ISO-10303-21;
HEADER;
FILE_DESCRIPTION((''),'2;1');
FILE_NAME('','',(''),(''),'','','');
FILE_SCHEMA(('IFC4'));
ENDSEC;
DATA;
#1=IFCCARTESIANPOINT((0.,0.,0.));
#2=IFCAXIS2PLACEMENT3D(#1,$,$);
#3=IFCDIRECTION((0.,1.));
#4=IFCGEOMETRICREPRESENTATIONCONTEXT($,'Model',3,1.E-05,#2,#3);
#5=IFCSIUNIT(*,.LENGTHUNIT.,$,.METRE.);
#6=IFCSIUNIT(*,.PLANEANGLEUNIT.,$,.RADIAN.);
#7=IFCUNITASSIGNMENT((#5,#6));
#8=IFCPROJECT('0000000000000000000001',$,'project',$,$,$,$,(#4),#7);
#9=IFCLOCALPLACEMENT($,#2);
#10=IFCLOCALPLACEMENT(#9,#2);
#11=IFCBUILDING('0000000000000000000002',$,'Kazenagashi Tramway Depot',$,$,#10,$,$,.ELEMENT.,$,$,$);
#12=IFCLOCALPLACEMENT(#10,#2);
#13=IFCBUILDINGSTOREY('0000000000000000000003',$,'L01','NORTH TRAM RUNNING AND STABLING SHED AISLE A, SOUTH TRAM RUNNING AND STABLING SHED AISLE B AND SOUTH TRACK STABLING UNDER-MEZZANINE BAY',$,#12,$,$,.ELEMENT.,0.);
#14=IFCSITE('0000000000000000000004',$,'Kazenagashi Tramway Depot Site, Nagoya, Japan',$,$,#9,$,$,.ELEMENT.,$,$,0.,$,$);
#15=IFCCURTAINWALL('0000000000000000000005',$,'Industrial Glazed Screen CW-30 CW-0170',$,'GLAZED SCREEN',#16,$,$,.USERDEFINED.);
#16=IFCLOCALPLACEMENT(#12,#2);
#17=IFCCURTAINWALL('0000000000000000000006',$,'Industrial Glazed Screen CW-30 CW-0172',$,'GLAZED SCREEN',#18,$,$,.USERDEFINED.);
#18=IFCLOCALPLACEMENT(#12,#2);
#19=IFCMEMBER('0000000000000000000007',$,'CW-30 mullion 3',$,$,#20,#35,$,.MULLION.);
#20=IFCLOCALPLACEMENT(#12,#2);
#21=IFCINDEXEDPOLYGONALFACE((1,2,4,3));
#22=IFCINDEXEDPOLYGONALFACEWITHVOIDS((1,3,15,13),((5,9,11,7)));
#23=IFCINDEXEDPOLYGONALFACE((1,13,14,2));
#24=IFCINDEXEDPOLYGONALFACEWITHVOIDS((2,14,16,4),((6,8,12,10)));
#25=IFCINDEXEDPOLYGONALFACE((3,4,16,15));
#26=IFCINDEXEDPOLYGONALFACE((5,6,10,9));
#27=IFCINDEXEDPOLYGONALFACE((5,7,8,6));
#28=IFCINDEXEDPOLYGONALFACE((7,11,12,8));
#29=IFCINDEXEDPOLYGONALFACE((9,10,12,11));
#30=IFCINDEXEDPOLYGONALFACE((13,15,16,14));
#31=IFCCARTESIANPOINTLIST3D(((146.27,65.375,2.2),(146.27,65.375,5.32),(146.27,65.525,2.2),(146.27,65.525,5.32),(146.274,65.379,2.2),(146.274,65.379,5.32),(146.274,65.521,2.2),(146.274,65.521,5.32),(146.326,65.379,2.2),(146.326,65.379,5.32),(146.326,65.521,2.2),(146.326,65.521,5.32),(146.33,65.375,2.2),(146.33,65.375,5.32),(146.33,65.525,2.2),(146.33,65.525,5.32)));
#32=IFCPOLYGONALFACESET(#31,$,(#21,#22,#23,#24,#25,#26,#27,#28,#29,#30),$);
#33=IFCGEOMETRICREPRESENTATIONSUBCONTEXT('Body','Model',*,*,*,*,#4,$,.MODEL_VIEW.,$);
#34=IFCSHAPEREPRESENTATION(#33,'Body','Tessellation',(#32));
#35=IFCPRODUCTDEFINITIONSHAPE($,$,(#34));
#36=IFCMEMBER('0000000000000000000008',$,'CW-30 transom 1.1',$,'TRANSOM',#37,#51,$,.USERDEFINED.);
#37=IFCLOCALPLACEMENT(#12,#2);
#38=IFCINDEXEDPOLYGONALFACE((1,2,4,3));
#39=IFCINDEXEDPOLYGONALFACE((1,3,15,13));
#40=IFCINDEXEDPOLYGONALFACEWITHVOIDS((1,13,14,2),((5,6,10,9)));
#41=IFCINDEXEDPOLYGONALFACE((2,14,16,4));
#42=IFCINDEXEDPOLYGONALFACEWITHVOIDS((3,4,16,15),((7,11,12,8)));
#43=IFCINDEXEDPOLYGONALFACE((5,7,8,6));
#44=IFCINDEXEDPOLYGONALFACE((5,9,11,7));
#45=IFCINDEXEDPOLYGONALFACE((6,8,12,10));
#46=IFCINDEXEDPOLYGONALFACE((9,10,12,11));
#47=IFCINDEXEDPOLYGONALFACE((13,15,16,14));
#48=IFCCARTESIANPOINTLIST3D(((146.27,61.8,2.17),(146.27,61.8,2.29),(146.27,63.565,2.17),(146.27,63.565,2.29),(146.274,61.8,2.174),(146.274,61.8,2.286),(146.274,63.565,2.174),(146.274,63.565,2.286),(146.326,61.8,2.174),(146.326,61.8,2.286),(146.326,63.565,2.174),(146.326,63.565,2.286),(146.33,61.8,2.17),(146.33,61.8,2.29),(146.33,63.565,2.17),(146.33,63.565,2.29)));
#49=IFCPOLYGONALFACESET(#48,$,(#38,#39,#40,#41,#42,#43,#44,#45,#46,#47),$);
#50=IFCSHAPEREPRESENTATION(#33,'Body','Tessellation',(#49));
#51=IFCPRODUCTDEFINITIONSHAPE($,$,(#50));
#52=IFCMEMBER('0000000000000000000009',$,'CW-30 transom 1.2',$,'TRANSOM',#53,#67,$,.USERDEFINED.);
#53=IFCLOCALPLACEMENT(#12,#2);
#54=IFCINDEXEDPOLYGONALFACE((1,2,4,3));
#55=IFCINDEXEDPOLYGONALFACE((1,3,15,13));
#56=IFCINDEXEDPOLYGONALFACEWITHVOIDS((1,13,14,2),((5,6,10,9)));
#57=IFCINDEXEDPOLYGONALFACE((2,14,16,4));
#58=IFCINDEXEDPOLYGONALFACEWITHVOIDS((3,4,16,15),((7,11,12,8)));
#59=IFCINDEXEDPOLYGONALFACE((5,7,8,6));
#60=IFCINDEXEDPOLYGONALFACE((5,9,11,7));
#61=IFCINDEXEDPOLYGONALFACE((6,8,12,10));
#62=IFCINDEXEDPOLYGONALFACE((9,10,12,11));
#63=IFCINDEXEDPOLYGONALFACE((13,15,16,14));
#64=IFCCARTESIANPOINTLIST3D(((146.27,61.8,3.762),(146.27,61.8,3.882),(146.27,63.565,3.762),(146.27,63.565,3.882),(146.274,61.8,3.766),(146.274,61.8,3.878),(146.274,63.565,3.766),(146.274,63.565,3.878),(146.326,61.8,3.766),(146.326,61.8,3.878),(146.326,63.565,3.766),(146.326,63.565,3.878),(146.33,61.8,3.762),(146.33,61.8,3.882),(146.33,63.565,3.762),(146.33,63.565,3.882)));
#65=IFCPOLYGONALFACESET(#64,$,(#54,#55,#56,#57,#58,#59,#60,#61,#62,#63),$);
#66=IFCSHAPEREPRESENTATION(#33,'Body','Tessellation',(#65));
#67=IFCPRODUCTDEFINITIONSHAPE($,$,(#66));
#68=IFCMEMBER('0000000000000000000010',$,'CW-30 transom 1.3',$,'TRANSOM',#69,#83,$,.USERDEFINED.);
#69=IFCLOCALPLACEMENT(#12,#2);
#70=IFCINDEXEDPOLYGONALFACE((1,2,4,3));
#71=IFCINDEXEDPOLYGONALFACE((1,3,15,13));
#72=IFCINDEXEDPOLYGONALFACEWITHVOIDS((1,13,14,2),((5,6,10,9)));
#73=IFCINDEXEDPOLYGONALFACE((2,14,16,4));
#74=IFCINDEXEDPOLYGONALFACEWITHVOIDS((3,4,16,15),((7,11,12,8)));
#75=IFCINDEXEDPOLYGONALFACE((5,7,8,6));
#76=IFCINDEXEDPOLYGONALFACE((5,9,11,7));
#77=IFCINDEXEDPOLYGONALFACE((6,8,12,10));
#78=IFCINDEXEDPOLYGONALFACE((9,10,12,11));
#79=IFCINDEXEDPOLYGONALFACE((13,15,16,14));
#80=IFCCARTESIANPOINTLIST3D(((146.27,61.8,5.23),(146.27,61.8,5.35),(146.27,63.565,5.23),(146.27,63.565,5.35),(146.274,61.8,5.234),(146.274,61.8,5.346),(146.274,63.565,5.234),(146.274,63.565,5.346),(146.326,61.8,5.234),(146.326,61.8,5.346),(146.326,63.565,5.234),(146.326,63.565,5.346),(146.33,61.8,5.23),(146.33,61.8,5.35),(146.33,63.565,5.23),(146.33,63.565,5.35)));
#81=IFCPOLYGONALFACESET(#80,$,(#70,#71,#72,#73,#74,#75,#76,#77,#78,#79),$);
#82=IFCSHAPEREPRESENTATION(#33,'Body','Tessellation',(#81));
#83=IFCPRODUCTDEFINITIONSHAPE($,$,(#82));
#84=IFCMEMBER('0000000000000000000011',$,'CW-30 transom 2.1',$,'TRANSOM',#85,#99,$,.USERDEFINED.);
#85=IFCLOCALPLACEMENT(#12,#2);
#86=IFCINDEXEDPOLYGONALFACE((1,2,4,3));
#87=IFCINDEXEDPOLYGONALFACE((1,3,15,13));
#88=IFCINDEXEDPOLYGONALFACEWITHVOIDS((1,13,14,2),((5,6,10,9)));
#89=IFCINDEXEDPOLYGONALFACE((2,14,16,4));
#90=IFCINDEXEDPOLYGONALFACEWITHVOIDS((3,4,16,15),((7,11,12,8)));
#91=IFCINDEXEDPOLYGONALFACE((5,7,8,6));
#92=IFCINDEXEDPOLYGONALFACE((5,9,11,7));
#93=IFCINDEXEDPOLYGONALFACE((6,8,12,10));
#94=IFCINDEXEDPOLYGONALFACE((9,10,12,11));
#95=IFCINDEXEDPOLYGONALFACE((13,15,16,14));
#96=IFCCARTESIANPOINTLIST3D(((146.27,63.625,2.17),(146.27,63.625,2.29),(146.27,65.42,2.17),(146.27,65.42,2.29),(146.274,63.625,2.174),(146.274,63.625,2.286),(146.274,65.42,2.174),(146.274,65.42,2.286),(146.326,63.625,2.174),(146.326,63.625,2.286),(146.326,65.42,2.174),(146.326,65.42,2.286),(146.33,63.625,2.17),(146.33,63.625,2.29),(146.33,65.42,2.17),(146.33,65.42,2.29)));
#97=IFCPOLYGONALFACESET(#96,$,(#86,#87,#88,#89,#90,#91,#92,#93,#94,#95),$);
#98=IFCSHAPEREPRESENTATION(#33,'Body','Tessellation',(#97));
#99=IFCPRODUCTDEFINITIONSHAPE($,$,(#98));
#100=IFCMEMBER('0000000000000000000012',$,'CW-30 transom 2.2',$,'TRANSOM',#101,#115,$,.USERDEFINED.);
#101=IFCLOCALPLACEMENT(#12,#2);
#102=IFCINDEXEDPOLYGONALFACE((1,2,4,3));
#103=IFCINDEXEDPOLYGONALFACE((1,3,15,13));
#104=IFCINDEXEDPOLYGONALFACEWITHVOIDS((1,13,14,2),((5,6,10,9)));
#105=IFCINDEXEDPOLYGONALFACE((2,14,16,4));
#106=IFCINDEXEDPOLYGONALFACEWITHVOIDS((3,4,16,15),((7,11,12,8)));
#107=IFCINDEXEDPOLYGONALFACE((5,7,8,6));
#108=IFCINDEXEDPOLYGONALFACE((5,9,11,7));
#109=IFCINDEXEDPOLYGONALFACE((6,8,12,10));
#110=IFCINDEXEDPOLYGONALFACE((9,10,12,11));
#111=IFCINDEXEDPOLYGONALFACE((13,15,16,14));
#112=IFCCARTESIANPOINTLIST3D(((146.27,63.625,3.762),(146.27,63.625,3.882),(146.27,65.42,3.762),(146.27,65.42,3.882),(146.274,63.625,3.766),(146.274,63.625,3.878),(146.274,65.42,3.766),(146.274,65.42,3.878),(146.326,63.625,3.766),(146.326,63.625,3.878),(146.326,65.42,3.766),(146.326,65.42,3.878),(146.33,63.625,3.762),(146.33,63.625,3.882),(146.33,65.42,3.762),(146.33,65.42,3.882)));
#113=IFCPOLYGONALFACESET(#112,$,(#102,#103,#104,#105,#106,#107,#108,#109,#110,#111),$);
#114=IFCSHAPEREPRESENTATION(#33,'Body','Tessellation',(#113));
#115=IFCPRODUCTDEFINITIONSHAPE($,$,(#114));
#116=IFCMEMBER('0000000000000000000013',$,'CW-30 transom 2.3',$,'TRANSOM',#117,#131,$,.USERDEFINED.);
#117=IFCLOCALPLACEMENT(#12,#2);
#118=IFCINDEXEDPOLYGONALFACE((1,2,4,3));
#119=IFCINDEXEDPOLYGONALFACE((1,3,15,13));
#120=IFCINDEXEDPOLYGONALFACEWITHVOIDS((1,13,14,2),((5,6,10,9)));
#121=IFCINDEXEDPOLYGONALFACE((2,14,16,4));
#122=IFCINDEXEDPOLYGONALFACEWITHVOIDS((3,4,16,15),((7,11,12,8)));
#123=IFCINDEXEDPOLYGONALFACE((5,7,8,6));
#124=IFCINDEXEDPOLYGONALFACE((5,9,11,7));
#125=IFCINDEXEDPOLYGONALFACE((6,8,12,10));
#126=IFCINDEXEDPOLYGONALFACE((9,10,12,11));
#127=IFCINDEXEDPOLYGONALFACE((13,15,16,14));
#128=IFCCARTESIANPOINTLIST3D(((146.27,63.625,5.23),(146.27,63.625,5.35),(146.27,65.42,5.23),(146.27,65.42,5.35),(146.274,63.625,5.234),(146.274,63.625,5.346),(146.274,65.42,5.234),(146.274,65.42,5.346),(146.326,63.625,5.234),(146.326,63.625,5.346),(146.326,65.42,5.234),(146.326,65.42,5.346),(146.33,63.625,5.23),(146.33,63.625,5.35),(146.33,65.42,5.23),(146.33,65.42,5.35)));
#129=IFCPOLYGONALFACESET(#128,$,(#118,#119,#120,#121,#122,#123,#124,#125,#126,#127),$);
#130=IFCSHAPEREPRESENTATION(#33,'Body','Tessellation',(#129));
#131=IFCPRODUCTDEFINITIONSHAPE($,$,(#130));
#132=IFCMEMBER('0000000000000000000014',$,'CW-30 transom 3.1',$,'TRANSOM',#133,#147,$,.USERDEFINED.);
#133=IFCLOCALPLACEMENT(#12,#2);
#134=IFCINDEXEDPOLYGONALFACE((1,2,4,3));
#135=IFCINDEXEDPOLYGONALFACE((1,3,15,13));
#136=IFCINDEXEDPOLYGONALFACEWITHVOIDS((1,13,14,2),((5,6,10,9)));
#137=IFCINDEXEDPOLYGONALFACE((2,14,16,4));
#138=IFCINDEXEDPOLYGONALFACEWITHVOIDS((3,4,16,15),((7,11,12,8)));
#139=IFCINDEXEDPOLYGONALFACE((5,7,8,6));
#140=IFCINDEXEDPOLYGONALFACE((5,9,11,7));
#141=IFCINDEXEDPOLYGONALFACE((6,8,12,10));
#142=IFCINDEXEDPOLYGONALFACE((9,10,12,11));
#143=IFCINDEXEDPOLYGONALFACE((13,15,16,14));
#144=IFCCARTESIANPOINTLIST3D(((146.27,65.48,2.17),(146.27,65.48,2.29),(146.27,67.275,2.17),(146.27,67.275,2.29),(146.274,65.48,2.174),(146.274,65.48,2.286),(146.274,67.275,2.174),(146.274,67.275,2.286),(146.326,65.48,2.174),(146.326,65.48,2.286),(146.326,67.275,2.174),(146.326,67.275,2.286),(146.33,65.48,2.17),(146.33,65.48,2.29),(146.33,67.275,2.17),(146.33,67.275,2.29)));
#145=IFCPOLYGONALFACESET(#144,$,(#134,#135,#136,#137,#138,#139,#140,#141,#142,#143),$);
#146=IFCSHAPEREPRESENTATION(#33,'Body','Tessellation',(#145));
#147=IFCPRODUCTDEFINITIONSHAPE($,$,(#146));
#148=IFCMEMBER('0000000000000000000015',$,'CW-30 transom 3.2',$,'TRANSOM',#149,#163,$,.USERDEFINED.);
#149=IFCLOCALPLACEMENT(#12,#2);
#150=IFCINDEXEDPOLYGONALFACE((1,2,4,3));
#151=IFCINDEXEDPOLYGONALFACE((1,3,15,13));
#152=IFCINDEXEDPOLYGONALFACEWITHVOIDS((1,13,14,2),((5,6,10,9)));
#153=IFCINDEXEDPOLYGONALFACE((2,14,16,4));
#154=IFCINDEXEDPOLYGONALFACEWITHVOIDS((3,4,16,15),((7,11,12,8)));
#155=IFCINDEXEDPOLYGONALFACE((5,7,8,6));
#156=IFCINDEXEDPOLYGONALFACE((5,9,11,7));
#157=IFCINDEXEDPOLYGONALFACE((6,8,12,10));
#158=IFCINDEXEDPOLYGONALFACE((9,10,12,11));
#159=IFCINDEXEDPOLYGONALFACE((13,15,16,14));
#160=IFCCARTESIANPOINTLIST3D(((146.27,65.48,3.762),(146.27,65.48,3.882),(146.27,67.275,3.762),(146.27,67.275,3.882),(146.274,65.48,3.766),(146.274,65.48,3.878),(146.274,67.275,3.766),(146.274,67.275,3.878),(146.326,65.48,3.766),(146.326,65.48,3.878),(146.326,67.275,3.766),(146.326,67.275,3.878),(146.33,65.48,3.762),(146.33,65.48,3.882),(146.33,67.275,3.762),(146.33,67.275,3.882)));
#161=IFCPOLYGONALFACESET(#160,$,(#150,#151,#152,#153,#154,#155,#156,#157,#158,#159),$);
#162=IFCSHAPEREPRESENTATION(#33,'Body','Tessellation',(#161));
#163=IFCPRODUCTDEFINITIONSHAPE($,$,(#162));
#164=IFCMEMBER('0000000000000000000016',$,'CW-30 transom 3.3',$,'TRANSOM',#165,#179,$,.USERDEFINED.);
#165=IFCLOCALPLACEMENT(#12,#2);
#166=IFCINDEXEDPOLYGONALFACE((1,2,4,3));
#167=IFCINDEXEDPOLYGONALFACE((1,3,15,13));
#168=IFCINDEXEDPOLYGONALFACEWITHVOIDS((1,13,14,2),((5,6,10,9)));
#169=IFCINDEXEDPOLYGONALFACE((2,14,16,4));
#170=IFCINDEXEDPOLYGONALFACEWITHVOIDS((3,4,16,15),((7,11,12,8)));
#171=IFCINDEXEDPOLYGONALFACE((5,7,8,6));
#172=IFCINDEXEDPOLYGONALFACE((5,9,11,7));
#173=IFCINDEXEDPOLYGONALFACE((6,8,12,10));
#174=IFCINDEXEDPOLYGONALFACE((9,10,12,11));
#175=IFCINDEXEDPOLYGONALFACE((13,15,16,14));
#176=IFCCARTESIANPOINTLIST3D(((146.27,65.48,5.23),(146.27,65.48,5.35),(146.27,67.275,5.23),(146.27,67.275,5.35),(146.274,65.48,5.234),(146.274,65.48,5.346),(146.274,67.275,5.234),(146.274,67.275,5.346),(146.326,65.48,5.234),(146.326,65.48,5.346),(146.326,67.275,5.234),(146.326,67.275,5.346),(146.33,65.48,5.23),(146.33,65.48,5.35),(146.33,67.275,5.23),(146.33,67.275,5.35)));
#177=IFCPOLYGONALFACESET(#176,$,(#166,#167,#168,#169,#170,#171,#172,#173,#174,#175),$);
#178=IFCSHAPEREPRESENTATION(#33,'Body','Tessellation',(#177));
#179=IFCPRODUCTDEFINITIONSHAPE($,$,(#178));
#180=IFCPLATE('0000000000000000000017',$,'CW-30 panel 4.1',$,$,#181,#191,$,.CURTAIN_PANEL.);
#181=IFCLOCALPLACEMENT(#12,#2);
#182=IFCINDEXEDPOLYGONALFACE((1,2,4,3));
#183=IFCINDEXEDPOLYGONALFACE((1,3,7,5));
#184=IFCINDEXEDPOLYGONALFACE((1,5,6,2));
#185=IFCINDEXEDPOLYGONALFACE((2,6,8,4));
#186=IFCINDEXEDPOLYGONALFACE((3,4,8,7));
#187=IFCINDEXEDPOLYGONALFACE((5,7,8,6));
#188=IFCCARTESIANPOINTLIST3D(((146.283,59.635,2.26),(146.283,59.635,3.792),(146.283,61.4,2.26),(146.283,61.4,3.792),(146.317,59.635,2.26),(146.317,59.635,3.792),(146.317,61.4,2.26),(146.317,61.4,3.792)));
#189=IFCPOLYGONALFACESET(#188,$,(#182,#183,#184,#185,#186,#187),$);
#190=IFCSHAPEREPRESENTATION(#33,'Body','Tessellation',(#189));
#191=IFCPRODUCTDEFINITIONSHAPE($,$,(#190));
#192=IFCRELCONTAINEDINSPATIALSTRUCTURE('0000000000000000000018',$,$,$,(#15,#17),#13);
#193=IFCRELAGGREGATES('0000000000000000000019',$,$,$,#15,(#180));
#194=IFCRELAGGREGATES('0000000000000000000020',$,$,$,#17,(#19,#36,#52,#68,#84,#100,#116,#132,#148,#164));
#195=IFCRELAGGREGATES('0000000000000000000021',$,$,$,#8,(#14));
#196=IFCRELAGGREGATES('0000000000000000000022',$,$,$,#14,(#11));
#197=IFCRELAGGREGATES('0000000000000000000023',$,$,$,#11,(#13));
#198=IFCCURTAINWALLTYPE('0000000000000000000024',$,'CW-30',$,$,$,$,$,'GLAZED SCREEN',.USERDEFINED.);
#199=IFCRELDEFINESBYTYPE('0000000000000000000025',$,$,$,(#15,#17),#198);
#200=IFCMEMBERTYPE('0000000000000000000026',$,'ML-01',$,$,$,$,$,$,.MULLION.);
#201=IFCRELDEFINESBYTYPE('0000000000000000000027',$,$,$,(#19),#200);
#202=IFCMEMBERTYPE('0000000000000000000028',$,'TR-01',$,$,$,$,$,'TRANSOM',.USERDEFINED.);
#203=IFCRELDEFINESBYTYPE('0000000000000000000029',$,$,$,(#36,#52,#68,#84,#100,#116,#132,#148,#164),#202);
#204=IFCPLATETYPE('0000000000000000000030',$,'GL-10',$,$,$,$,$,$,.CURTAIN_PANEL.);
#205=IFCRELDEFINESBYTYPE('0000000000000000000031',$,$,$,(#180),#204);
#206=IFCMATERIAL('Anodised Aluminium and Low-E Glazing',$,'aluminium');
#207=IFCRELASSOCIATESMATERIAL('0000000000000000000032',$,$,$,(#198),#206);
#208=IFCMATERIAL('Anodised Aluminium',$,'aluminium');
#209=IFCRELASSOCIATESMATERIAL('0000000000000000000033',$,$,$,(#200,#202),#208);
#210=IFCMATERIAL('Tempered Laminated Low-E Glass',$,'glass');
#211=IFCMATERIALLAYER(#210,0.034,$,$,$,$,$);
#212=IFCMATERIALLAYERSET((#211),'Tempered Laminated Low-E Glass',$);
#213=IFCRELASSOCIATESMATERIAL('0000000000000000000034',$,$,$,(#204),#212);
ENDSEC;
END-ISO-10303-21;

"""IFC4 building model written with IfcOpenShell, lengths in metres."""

from ifc_helpers import new_model, si_unit, direction, frame, origin, origin_2d, place, context, subcontext, project, spatial, rectangle, hollow_rectangle, extrude, material, layer, layer_set, material_profile, profile_set, type_object, element, aggregate, save


model = new_model("IFC4")

# Units and contexts
model_context = context("Model", 3, precision=1e-05, world=origin(), true_north=direction((0.0, 1.0)))
body_context = subcontext(model_context, "Body", "Model", "MODEL_VIEW")
ifc_project = project(units=[si_unit("LENGTHUNIT", "METRE"), si_unit("PLANEANGLEUNIT", "RADIAN")], contexts=[model_context])

# Site, building, storey
site_placement = place(None, origin())
site = spatial("IfcSite", under=ifc_project, at=site_placement, Name="Kazenagashi Tramway Depot Site, Nagoya, Japan", CompositionType="ELEMENT", RefElevation=0.0)
building_placement = place(site_placement, origin())
building = spatial("IfcBuilding", under=site, at=building_placement, Name="Kazenagashi Tramway Depot", CompositionType="ELEMENT")
storey_placement = place(building_placement, origin())
storey = spatial("IfcBuildingStorey", under=building, at=storey_placement, Name="L01", Description="NORTH TRAM RUNNING AND STABLING SHED AISLE A, SOUTH TRAM RUNNING AND STABLING SHED AISLE B AND SOUTH TRACK STABLING UNDER-MEZZANINE BAY", CompositionType="ELEMENT", Elevation=0.0)

# Curtain wall
ifc_material_1 = material(Name="Anodised Aluminium and Low-E Glazing", Category="aluminium")
curtain_wall_type = type_object("IfcCurtainWallType", Name="CW-30", ElementType="GLAZED SCREEN", PredefinedType="USERDEFINED", material=ifc_material_1)
curtain_wall_1_placement = place(storey_placement, origin())
curtain_wall_1 = element("IfcCurtainWall", 1, at=curtain_wall_1_placement, inside=storey, type_object=curtain_wall_type, Name="Industrial Glazed Screen CW-30 CW-0170", ObjectType="GLAZED SCREEN", PredefinedType="USERDEFINED")
ifc_material_2 = material(Name="Anodised Aluminium", Category="aluminium")
ifc_material_profile_1 = material_profile(ifc_material_2, hollow_rectangle(XDim=0.06, YDim=0.15, WallThickness=0.004, at=origin_2d()), Name="RHS-150x60x4")
ifc_profile_set_1 = profile_set([ifc_material_profile_1], Name="Anodised Aluminium")
member_type_1 = type_object("IfcMemberType", Name="ML-01", PredefinedType="MULLION", material=ifc_profile_set_1)

# Curtain wall, members
curtain_wall_2_placement = place(storey_placement, origin())
curtain_wall_2 = element("IfcCurtainWall", 2, at=curtain_wall_2_placement, inside=storey, type_object=curtain_wall_type, Name="Industrial Glazed Screen CW-30 CW-0172", ObjectType="GLAZED SCREEN", PredefinedType="USERDEFINED")
member_1_placement = place(storey_placement, frame((146.3, 65.45, 2.2), z_axis=(0.0, 0.0, 1.0), x_axis=(-1.0, 0.0, 0.0)))
member_1 = element("IfcMember", 3, at=member_1_placement, type_object=member_type_1, Name="CW-30 mullion 3", PredefinedType="MULLION", context=body_context, shape_type="SweptSolid", body=[
    extrude(hollow_rectangle(XDim=0.06, YDim=0.15, WallThickness=0.004, at=origin_2d()), origin(), (0.0, 0.0, 1.0), 3.12),
])
ifc_material_profile_2 = material_profile(ifc_material_2, hollow_rectangle(XDim=0.06, YDim=0.12, WallThickness=0.004, at=origin_2d()), Name="RHS-120x60x4")
ifc_profile_set_2 = profile_set([ifc_material_profile_2], Name="Anodised Aluminium")
member_type_2 = type_object("IfcMemberType", Name="TR-01", ElementType="TRANSOM", PredefinedType="USERDEFINED", material=ifc_profile_set_2)
member_2_placement = place(storey_placement, frame((146.3, 61.8, 2.23), z_axis=(0.0, 1.0, 0.0), x_axis=(-1.0, 0.0, 0.0)))
member_2 = element("IfcMember", 4, at=member_2_placement, type_object=member_type_2, Name="CW-30 transom 1.1", ObjectType="TRANSOM", PredefinedType="USERDEFINED", context=body_context, shape_type="SweptSolid", body=[
    extrude(hollow_rectangle(XDim=0.06, YDim=0.12, WallThickness=0.004, at=origin_2d()), origin(), (0.0, 0.0, 1.0), 1.765),
])
member_3_placement = place(storey_placement, frame((146.3, 61.8, 3.822), z_axis=(0.0, 1.0, 0.0), x_axis=(-1.0, 0.0, 0.0)))
member_3 = element("IfcMember", 5, at=member_3_placement, type_object=member_type_2, Name="CW-30 transom 1.2", ObjectType="TRANSOM", PredefinedType="USERDEFINED", context=body_context, shape_type="SweptSolid", body=[
    extrude(hollow_rectangle(XDim=0.06, YDim=0.12, WallThickness=0.004, at=origin_2d()), origin(), (0.0, 0.0, 1.0), 1.765),
])
member_4_placement = place(storey_placement, frame((146.3, 61.8, 5.29), z_axis=(0.0, 1.0, 0.0), x_axis=(-1.0, 0.0, 0.0)))
member_4 = element("IfcMember", 6, at=member_4_placement, type_object=member_type_2, Name="CW-30 transom 1.3", ObjectType="TRANSOM", PredefinedType="USERDEFINED", context=body_context, shape_type="SweptSolid", body=[
    extrude(hollow_rectangle(XDim=0.06, YDim=0.12, WallThickness=0.004, at=origin_2d()), origin(), (0.0, 0.0, 1.0), 1.765),
])
member_5_placement = place(storey_placement, frame((146.3, 63.625, 2.23), z_axis=(0.0, 1.0, 0.0), x_axis=(-1.0, 0.0, 0.0)))
member_5 = element("IfcMember", 7, at=member_5_placement, type_object=member_type_2, Name="CW-30 transom 2.1", ObjectType="TRANSOM", PredefinedType="USERDEFINED", context=body_context, shape_type="SweptSolid", body=[
    extrude(hollow_rectangle(XDim=0.06, YDim=0.12, WallThickness=0.004, at=origin_2d()), origin(), (0.0, 0.0, 1.0), 1.795),
])
member_6_placement = place(storey_placement, frame((146.3, 63.625, 3.822), z_axis=(0.0, 1.0, 0.0), x_axis=(-1.0, 0.0, 0.0)))
member_6 = element("IfcMember", 8, at=member_6_placement, type_object=member_type_2, Name="CW-30 transom 2.2", ObjectType="TRANSOM", PredefinedType="USERDEFINED", context=body_context, shape_type="SweptSolid", body=[
    extrude(hollow_rectangle(XDim=0.06, YDim=0.12, WallThickness=0.004, at=origin_2d()), origin(), (0.0, 0.0, 1.0), 1.795),
])
member_7_placement = place(storey_placement, frame((146.3, 63.625, 5.29), z_axis=(0.0, 1.0, 0.0), x_axis=(-1.0, 0.0, 0.0)))
member_7 = element("IfcMember", 9, at=member_7_placement, type_object=member_type_2, Name="CW-30 transom 2.3", ObjectType="TRANSOM", PredefinedType="USERDEFINED", context=body_context, shape_type="SweptSolid", body=[
    extrude(hollow_rectangle(XDim=0.06, YDim=0.12, WallThickness=0.004, at=origin_2d()), origin(), (0.0, 0.0, 1.0), 1.795),
])
member_8_placement = place(storey_placement, frame((146.3, 65.48, 2.23), z_axis=(0.0, 1.0, 0.0), x_axis=(-1.0, 0.0, 0.0)))
member_8 = element("IfcMember", 10, at=member_8_placement, type_object=member_type_2, Name="CW-30 transom 3.1", ObjectType="TRANSOM", PredefinedType="USERDEFINED", context=body_context, shape_type="SweptSolid", body=[
    extrude(hollow_rectangle(XDim=0.06, YDim=0.12, WallThickness=0.004, at=origin_2d()), origin(), (0.0, 0.0, 1.0), 1.795),
])
member_9_placement = place(storey_placement, frame((146.3, 65.48, 3.822), z_axis=(0.0, 1.0, 0.0), x_axis=(-1.0, 0.0, 0.0)))
member_9 = element("IfcMember", 11, at=member_9_placement, type_object=member_type_2, Name="CW-30 transom 3.2", ObjectType="TRANSOM", PredefinedType="USERDEFINED", context=body_context, shape_type="SweptSolid", body=[
    extrude(hollow_rectangle(XDim=0.06, YDim=0.12, WallThickness=0.004, at=origin_2d()), origin(), (0.0, 0.0, 1.0), 1.795),
])
member_10_placement = place(storey_placement, frame((146.3, 65.48, 5.29), z_axis=(0.0, 1.0, 0.0), x_axis=(-1.0, 0.0, 0.0)))
member_10 = element("IfcMember", 12, at=member_10_placement, type_object=member_type_2, Name="CW-30 transom 3.3", ObjectType="TRANSOM", PredefinedType="USERDEFINED", context=body_context, shape_type="SweptSolid", body=[
    extrude(hollow_rectangle(XDim=0.06, YDim=0.12, WallThickness=0.004, at=origin_2d()), origin(), (0.0, 0.0, 1.0), 1.795),
])

# Plate
ifc_material_3 = material(Name="Tempered Laminated Low-E Glass", Category="glass")
ifc_layer_1 = layer(ifc_material_3, 0.034)
ifc_layer_set_1 = layer_set([ifc_layer_1], Name="Tempered Laminated Low-E Glass")
plate_type_1 = type_object("IfcPlateType", Name="GL-10", PredefinedType="CURTAIN_PANEL", material=ifc_layer_set_1)
plate_1_placement = place(storey_placement, frame((146.3, 60.5175, 2.26), z_axis=(0.0, 0.0, 1.0), x_axis=(0.0, 1.0, 0.0)))
plate_1 = element("IfcPlate", 13, at=plate_1_placement, type_object=plate_type_1, Name="CW-30 panel 4.1", PredefinedType="CURTAIN_PANEL", context=body_context, shape_type="SweptSolid", body=[
    extrude(rectangle(XDim=1.765, YDim=0.034, at=origin_2d()), origin(), (0.0, 0.0, 1.0), 1.532),
])
aggregate(curtain_wall_1, [plate_1])
aggregate(curtain_wall_2, [member_1, member_2, member_3, member_4, member_5, member_6, member_7, member_8, member_9, member_10])

save(model, "model.ifc")
